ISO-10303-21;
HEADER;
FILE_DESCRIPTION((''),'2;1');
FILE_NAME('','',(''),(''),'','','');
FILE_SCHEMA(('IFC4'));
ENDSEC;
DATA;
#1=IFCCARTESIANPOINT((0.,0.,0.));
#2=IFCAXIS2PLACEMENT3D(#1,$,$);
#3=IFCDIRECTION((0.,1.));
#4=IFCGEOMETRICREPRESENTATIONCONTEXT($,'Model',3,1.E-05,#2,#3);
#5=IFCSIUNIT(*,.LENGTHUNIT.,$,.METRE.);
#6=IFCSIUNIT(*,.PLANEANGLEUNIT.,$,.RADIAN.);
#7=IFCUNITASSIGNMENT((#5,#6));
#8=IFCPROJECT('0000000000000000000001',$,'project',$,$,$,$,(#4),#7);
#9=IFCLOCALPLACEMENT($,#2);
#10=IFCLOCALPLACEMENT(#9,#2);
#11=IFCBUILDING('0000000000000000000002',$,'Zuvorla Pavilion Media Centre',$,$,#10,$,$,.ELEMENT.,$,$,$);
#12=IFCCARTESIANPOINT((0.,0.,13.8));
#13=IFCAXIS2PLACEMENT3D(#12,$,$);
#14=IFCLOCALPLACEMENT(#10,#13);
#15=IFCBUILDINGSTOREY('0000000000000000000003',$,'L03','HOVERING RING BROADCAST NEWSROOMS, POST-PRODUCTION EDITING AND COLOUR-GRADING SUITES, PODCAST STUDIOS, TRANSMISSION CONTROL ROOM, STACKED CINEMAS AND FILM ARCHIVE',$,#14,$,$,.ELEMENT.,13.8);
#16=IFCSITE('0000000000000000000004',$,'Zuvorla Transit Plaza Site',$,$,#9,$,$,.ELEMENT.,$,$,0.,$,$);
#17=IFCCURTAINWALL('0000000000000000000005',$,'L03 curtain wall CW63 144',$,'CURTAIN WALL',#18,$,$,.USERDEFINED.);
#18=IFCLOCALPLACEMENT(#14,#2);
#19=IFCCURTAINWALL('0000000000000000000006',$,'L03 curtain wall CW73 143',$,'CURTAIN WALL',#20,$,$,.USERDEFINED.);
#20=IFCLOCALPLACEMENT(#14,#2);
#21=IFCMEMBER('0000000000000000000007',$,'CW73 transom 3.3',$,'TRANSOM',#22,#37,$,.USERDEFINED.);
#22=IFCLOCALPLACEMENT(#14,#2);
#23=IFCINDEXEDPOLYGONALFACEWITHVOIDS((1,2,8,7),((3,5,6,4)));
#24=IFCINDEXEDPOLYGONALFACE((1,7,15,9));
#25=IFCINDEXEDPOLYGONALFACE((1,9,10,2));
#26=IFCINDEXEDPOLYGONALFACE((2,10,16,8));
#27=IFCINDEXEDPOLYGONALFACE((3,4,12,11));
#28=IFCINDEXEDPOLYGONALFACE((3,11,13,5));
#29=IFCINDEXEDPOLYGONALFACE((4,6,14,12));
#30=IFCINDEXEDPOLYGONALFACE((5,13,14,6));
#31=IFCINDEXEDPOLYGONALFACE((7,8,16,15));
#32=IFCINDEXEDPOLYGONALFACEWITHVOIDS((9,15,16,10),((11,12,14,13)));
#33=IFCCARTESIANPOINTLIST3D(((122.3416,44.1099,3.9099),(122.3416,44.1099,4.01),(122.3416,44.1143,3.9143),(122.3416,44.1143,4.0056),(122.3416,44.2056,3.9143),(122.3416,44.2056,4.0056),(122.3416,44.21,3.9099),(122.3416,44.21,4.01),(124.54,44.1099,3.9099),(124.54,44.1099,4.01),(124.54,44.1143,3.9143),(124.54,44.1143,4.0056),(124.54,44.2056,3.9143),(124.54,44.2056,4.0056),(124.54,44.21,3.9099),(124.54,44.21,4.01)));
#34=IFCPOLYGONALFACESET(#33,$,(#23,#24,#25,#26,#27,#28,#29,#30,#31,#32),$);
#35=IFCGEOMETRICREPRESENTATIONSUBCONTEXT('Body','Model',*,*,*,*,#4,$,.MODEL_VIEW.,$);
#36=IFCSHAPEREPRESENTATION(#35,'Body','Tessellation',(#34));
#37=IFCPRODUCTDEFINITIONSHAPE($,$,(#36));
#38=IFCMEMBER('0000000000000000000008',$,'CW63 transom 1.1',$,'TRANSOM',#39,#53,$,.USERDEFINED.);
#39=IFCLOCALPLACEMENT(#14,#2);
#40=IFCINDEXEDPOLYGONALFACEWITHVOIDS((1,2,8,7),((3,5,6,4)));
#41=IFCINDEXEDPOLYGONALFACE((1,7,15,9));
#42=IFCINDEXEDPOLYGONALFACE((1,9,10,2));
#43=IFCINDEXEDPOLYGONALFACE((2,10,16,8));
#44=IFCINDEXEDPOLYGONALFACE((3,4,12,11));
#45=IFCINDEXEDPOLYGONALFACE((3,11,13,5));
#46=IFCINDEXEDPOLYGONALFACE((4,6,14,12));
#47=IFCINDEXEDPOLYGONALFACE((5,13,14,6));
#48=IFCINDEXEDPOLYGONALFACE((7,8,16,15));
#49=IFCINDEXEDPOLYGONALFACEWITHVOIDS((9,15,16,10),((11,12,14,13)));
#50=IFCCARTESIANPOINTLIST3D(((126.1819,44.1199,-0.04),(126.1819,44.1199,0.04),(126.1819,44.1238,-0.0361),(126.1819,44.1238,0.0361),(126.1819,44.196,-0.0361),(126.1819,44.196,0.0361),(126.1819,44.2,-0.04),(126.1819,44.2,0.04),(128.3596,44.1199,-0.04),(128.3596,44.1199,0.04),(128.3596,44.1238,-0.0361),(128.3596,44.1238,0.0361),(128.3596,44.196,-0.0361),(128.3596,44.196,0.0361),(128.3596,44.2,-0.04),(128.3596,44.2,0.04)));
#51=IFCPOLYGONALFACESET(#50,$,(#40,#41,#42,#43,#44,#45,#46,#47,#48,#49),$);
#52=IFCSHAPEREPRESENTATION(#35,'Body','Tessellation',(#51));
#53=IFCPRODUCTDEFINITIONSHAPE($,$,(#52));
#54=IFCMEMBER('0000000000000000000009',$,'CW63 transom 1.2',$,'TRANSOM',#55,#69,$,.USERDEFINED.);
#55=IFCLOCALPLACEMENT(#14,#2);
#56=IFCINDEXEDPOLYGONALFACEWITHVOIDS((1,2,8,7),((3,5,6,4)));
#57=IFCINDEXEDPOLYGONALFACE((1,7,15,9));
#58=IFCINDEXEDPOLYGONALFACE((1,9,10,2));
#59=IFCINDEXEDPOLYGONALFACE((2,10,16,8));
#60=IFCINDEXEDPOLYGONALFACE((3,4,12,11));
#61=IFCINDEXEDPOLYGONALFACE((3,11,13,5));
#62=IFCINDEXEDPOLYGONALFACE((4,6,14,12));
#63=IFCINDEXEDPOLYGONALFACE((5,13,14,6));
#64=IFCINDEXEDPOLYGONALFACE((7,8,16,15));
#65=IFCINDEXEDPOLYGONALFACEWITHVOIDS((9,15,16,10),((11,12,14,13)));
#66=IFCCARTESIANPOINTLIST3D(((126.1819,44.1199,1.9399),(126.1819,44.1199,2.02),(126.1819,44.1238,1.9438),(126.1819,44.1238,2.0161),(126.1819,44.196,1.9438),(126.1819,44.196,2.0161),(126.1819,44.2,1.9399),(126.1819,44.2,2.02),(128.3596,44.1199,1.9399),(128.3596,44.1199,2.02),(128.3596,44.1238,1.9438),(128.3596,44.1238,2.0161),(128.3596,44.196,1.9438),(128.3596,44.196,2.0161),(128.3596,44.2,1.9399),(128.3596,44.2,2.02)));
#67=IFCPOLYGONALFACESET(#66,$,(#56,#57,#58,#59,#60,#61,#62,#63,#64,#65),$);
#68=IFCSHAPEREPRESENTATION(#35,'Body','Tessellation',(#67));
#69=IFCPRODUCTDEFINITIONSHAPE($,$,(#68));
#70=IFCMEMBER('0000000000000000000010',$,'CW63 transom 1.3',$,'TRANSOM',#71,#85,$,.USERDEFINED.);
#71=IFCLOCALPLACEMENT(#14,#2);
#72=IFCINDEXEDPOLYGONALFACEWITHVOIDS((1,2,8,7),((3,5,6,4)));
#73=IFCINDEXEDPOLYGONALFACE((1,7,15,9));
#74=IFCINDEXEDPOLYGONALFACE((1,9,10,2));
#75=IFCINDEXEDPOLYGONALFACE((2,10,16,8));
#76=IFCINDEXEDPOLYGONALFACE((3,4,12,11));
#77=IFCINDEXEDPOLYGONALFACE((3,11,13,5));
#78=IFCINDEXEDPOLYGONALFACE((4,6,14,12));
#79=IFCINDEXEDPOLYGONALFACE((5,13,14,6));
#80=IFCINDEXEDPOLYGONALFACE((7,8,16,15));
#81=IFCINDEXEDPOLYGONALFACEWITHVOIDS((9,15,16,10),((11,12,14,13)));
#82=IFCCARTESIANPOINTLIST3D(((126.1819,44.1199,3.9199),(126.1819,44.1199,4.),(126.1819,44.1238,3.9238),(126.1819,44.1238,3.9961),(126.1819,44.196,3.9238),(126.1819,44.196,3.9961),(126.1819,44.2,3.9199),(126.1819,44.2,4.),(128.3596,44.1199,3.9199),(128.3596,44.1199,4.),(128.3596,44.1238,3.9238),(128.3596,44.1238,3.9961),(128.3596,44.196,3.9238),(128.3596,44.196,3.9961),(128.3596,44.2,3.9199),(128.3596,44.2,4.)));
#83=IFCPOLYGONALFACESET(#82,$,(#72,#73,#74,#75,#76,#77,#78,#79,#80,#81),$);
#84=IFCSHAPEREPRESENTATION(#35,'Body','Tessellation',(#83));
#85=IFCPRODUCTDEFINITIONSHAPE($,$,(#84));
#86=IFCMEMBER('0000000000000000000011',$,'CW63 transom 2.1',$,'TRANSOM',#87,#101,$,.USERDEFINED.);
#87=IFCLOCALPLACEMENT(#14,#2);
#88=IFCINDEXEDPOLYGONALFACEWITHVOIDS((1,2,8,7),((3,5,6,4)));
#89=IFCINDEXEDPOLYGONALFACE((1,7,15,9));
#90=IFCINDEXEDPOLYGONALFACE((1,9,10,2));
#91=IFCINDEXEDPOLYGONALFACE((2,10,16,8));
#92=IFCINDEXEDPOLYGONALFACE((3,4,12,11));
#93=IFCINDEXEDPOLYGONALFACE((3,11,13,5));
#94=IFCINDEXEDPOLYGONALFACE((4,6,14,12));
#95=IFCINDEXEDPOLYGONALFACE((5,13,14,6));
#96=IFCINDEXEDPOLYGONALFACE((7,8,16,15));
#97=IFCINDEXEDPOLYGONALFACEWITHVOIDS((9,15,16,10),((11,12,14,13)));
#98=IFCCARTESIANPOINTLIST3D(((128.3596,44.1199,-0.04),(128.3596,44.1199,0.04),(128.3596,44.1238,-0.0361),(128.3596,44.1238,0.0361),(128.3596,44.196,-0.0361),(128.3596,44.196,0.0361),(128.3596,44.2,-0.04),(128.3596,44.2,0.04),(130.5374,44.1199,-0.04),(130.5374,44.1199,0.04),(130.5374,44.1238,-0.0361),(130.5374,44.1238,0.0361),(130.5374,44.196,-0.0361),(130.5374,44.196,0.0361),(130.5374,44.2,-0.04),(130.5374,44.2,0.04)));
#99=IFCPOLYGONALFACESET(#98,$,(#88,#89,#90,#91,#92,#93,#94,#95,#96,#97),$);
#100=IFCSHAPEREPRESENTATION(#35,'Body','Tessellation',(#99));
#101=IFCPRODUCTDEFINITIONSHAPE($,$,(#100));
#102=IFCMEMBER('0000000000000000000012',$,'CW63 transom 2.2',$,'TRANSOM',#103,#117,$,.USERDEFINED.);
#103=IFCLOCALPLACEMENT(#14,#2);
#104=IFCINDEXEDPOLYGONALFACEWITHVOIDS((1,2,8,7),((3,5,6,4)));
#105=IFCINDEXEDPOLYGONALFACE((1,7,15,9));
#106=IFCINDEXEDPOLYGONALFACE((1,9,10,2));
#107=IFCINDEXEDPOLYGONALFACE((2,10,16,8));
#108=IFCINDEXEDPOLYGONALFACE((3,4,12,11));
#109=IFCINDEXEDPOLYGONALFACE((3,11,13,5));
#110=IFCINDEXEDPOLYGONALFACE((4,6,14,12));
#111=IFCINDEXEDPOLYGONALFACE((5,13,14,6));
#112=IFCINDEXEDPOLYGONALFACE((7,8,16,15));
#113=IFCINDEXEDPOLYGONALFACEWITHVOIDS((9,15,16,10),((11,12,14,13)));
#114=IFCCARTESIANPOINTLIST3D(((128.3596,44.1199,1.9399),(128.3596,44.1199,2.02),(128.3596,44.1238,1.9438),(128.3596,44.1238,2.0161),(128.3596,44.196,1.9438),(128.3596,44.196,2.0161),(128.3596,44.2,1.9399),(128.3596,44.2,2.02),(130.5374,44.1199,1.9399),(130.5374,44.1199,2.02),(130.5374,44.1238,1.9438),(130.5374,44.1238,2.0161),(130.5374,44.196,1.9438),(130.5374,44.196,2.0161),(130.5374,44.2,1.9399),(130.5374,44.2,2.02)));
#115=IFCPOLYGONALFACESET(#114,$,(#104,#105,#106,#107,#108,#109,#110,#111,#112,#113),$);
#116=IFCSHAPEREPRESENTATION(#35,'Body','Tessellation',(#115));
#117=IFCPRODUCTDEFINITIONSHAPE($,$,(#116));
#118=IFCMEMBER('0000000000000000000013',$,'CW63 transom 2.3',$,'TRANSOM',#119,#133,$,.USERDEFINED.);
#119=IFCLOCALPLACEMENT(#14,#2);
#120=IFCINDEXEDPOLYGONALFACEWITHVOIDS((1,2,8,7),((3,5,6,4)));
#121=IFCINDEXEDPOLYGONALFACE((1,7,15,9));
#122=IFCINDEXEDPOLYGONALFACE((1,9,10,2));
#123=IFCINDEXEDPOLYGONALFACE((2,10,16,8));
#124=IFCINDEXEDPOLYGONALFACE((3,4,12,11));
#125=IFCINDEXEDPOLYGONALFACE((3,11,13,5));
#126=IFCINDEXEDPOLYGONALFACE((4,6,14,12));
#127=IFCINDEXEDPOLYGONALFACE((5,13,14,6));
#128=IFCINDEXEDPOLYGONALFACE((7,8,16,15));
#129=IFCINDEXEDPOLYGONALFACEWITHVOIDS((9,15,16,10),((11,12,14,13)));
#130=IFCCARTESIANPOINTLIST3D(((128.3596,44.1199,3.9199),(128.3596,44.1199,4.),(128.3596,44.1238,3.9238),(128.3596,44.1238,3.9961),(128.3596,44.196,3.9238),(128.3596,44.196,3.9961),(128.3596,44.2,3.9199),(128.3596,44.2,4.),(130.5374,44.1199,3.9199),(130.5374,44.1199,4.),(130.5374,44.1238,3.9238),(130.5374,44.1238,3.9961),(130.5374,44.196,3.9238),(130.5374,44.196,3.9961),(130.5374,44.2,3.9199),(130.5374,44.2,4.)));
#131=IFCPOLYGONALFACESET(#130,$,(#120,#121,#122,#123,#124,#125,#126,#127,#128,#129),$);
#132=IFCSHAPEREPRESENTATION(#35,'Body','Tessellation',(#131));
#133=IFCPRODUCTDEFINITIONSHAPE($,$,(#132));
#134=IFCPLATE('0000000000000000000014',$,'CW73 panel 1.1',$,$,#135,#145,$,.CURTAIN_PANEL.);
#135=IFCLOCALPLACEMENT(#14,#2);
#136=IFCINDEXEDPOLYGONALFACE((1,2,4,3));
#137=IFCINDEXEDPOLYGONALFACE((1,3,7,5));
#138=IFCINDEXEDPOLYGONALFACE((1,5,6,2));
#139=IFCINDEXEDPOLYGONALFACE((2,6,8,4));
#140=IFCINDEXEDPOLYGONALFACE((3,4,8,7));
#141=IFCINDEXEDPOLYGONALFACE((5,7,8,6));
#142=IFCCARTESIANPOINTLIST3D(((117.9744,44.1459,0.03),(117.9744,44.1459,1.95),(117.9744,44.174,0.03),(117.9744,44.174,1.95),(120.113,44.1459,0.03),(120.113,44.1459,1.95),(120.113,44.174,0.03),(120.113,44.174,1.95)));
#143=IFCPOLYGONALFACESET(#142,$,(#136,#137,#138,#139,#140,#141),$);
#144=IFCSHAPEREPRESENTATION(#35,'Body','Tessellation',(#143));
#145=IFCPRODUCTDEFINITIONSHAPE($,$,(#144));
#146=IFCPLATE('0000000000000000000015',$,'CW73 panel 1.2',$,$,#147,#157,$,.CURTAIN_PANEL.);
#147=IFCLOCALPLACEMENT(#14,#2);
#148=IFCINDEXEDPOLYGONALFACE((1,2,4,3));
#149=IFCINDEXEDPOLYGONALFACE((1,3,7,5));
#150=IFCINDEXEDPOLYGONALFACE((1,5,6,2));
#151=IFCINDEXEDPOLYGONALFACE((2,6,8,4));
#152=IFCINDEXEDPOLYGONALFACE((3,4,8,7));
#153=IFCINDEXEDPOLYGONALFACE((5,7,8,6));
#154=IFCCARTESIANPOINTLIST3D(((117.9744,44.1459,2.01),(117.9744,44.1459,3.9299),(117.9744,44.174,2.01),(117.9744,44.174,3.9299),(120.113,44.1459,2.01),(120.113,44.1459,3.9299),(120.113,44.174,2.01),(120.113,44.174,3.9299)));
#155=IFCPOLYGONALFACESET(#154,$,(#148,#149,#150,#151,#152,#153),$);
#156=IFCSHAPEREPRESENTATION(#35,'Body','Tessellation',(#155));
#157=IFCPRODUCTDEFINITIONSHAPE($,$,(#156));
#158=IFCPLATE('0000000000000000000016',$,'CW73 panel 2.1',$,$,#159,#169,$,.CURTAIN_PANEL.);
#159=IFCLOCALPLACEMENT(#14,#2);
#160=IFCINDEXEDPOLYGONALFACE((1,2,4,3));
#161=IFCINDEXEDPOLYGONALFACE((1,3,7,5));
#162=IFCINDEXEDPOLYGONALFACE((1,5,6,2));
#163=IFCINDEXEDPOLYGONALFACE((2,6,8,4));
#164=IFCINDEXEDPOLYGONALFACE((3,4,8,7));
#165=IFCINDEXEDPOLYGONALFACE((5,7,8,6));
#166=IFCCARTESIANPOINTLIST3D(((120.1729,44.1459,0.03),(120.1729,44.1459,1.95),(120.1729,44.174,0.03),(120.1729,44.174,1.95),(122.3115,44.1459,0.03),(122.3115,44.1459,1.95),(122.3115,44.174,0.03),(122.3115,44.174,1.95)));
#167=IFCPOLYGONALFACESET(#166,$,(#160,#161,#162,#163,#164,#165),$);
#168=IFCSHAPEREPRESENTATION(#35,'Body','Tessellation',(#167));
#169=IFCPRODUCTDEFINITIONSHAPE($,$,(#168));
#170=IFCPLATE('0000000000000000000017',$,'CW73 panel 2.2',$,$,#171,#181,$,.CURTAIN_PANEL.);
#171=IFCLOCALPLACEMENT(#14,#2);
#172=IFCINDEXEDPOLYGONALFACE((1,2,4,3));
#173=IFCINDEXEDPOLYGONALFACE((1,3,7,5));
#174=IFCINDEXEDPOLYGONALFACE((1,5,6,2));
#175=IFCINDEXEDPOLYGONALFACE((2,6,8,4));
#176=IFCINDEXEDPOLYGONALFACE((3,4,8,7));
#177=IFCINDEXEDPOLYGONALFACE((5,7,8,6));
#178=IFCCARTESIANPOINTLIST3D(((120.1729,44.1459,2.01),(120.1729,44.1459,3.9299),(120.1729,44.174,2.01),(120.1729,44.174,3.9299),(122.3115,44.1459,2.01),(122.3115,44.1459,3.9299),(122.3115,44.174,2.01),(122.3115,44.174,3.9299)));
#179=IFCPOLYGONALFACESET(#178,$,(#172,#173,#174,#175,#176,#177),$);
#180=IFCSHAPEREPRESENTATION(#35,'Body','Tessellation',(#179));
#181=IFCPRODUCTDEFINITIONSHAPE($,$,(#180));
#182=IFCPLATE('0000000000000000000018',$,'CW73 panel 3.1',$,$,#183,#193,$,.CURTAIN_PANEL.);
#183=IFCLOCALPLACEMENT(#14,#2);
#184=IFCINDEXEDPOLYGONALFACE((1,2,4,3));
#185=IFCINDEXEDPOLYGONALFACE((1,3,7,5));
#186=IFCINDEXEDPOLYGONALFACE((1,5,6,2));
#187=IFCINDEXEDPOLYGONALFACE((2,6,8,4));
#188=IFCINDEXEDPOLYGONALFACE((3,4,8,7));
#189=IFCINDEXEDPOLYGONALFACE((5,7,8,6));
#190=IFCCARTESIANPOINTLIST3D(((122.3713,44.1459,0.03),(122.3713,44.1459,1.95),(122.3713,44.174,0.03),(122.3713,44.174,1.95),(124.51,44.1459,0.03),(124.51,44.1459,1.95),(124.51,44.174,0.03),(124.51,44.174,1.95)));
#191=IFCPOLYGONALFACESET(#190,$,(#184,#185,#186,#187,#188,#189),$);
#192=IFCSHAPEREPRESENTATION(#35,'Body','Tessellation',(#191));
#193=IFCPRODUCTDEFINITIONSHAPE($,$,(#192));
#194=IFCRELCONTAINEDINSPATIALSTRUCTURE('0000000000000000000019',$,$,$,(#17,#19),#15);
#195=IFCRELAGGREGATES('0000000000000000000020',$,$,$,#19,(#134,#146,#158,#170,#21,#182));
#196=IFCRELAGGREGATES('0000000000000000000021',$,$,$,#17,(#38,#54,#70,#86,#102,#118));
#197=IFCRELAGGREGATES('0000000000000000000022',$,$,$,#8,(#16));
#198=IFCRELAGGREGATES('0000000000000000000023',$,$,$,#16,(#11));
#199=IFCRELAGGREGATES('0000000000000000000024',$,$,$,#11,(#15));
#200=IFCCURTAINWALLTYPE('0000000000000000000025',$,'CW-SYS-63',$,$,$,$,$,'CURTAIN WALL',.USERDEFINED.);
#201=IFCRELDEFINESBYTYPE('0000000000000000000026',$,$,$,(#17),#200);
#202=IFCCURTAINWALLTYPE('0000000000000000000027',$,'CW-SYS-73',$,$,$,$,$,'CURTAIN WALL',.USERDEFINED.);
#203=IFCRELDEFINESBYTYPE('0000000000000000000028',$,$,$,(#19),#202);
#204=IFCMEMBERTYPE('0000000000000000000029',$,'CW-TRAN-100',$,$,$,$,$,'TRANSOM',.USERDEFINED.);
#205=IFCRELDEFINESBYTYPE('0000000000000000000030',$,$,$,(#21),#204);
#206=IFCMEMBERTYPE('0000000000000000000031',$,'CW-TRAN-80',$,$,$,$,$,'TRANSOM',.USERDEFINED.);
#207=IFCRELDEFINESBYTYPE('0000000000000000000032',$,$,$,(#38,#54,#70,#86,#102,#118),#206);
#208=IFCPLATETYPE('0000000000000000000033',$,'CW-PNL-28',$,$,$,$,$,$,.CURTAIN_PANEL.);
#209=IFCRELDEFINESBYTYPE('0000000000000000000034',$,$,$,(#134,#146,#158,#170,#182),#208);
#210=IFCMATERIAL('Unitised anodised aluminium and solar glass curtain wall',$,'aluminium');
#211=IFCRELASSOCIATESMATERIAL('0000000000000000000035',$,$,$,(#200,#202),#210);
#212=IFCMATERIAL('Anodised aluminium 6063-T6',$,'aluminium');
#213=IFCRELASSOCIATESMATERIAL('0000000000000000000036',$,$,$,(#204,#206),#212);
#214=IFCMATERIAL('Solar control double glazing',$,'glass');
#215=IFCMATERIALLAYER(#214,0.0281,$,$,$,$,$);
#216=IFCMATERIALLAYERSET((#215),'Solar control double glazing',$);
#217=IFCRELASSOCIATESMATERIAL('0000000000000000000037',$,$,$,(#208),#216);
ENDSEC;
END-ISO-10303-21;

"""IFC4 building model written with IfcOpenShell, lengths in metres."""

from ifc_helpers import new_model, si_unit, direction, frame, origin, origin_2d, place, context, subcontext, project, spatial, rectangle, hollow_rectangle, extrude, material, layer, layer_set, material_profile, profile_set, type_object, element, aggregate, save


model = new_model("IFC4")

# Units and contexts
model_context = context("Model", 3, precision=1e-05, world=origin(), true_north=direction((0.0, 1.0)))
body_context = subcontext(model_context, "Body", "Model", "MODEL_VIEW")
ifc_project = project(units=[si_unit("LENGTHUNIT", "METRE"), si_unit("PLANEANGLEUNIT", "RADIAN")], contexts=[model_context])

# Site, building, storey
site_placement = place(None, origin())
site = spatial("IfcSite", under=ifc_project, at=site_placement, Name="Zuvorla Transit Plaza Site", CompositionType="ELEMENT", RefElevation=0.0)
building_placement = place(site_placement, origin())
building = spatial("IfcBuilding", under=site, at=building_placement, Name="Zuvorla Pavilion Media Centre", CompositionType="ELEMENT")
storey_placement = place(building_placement, frame((0.0, 0.0, 13.8)))
storey = spatial("IfcBuildingStorey", under=building, at=storey_placement, Name="L03", Description="HOVERING RING BROADCAST NEWSROOMS, POST-PRODUCTION EDITING AND COLOUR-GRADING SUITES, PODCAST STUDIOS, TRANSMISSION CONTROL ROOM, STACKED CINEMAS AND FILM ARCHIVE", CompositionType="ELEMENT", Elevation=13.8)

# Curtain walls, member
ifc_material_1 = material(Name="Unitised anodised aluminium and solar glass curtain wall", Category="aluminium")
curtain_wall_type_1 = type_object("IfcCurtainWallType", Name="CW-SYS-63", ElementType="CURTAIN WALL", PredefinedType="USERDEFINED", material=ifc_material_1)
curtain_wall_1_placement = place(storey_placement, origin())
curtain_wall_1 = element("IfcCurtainWall", 1, at=curtain_wall_1_placement, inside=storey, type_object=curtain_wall_type_1, Name="L03 curtain wall CW63 144", ObjectType="CURTAIN WALL", PredefinedType="USERDEFINED")
ifc_material_2 = material(Name="Anodised aluminium 6063-T6", Category="aluminium")
curtain_wall_type_2 = type_object("IfcCurtainWallType", Name="CW-SYS-73", ElementType="CURTAIN WALL", PredefinedType="USERDEFINED", material=ifc_material_1)
curtain_wall_2_placement = place(storey_placement, origin())
curtain_wall_2 = element("IfcCurtainWall", 2, at=curtain_wall_2_placement, inside=storey, type_object=curtain_wall_type_2, Name="L03 curtain wall CW73 143", ObjectType="CURTAIN WALL", PredefinedType="USERDEFINED")
ifc_material_profile_1 = material_profile(ifc_material_2, hollow_rectangle(XDim=0.1001, YDim=0.1001, WallThickness=0.0044, at=origin_2d()), Name="ALU TRAN 100x100")
ifc_profile_set_1 = profile_set([ifc_material_profile_1], Name="Anodised aluminium 6063-T6")
member_type_1 = type_object("IfcMemberType", Name="CW-TRAN-100", ElementType="TRANSOM", PredefinedType="USERDEFINED", material=ifc_profile_set_1)
member_1_placement = place(storey_placement, frame((122.3416, 44.1599, 3.96), z_axis=(1.0, 0.0, 0.0), x_axis=(0.0, 1.0, 0.0)))
member_1 = element("IfcMember", 3, at=member_1_placement, type_object=member_type_1, Name="CW73 transom 3.3", ObjectType="TRANSOM", PredefinedType="USERDEFINED", context=body_context, shape_type="SweptSolid", body=[
    extrude(hollow_rectangle(XDim=0.1001, YDim=0.1001, WallThickness=0.0044, at=origin_2d()), origin(), (0.0, 0.0, 1.0), 2.1985),
])

# Members
ifc_material_profile_2 = material_profile(ifc_material_2, hollow_rectangle(XDim=0.0801, YDim=0.0801, WallThickness=0.0039, at=origin_2d()), Name="ALU TRAN 80x80")
ifc_profile_set_2 = profile_set([ifc_material_profile_2], Name="Anodised aluminium 6063-T6")
member_type_2 = type_object("IfcMemberType", Name="CW-TRAN-80", ElementType="TRANSOM", PredefinedType="USERDEFINED", material=ifc_profile_set_2)
member_2_placement = place(storey_placement, frame((126.1819, 44.1599, 0.0), z_axis=(1.0, 0.0, 0.0), x_axis=(0.0, 1.0, 0.0)))
member_2 = element("IfcMember", 4, at=member_2_placement, type_object=member_type_2, Name="CW63 transom 1.1", ObjectType="TRANSOM", PredefinedType="USERDEFINED", context=body_context, shape_type="SweptSolid", body=[
    extrude(hollow_rectangle(XDim=0.0801, YDim=0.0801, WallThickness=0.0039, at=origin_2d()), origin(), (0.0, 0.0, 1.0), 2.1777),
])
member_3_placement = place(storey_placement, frame((126.1819, 44.1599, 1.98), z_axis=(1.0, 0.0, 0.0), x_axis=(0.0, 1.0, 0.0)))
member_3 = element("IfcMember", 5, at=member_3_placement, type_object=member_type_2, Name="CW63 transom 1.2", ObjectType="TRANSOM", PredefinedType="USERDEFINED", context=body_context, shape_type="SweptSolid", body=[
    extrude(hollow_rectangle(XDim=0.0801, YDim=0.0801, WallThickness=0.0039, at=origin_2d()), origin(), (0.0, 0.0, 1.0), 2.1777),
])
member_4_placement = place(storey_placement, frame((126.1819, 44.1599, 3.96), z_axis=(1.0, 0.0, 0.0), x_axis=(0.0, 1.0, 0.0)))
member_4 = element("IfcMember", 6, at=member_4_placement, type_object=member_type_2, Name="CW63 transom 1.3", ObjectType="TRANSOM", PredefinedType="USERDEFINED", context=body_context, shape_type="SweptSolid", body=[
    extrude(hollow_rectangle(XDim=0.0801, YDim=0.0801, WallThickness=0.0039, at=origin_2d()), origin(), (0.0, 0.0, 1.0), 2.1777),
])
member_5_placement = place(storey_placement, frame((128.3596, 44.1599, 0.0), z_axis=(1.0, 0.0, 0.0), x_axis=(0.0, 1.0, 0.0)))
member_5 = element("IfcMember", 7, at=member_5_placement, type_object=member_type_2, Name="CW63 transom 2.1", ObjectType="TRANSOM", PredefinedType="USERDEFINED", context=body_context, shape_type="SweptSolid", body=[
    extrude(hollow_rectangle(XDim=0.0801, YDim=0.0801, WallThickness=0.0039, at=origin_2d()), origin(), (0.0, 0.0, 1.0), 2.1777),
])
member_6_placement = place(storey_placement, frame((128.3596, 44.1599, 1.98), z_axis=(1.0, 0.0, 0.0), x_axis=(0.0, 1.0, 0.0)))
member_6 = element("IfcMember", 8, at=member_6_placement, type_object=member_type_2, Name="CW63 transom 2.2", ObjectType="TRANSOM", PredefinedType="USERDEFINED", context=body_context, shape_type="SweptSolid", body=[
    extrude(hollow_rectangle(XDim=0.0801, YDim=0.0801, WallThickness=0.0039, at=origin_2d()), origin(), (0.0, 0.0, 1.0), 2.1777),
])
member_7_placement = place(storey_placement, frame((128.3596, 44.1599, 3.96), z_axis=(1.0, 0.0, 0.0), x_axis=(0.0, 1.0, 0.0)))
member_7 = element("IfcMember", 9, at=member_7_placement, type_object=member_type_2, Name="CW63 transom 2.3", ObjectType="TRANSOM", PredefinedType="USERDEFINED", context=body_context, shape_type="SweptSolid", body=[
    extrude(hollow_rectangle(XDim=0.0801, YDim=0.0801, WallThickness=0.0039, at=origin_2d()), origin(), (0.0, 0.0, 1.0), 2.1777),
])

# Plates
ifc_material_3 = material(Name="Solar control double glazing", Category="glass")
ifc_layer_1 = layer(ifc_material_3, 0.0281)
ifc_layer_set_1 = layer_set([ifc_layer_1], Name="Solar control double glazing")
plate_type_1 = type_object("IfcPlateType", Name="CW-PNL-28", PredefinedType="CURTAIN_PANEL", material=ifc_layer_set_1)
plate_1_placement = place(storey_placement, frame((119.0437, 44.1599, 0.03), z_axis=(0.0, 0.0, 1.0), x_axis=(1.0, 0.0, 0.0)))
plate_1 = element("IfcPlate", 10, at=plate_1_placement, type_object=plate_type_1, Name="CW73 panel 1.1", PredefinedType="CURTAIN_PANEL", context=body_context, shape_type="SweptSolid", body=[
    extrude(rectangle(XDim=2.1387, YDim=0.0281, at=origin_2d()), origin(), (0.0, 0.0, 1.0), 1.9199),
])
plate_2_placement = place(storey_placement, frame((119.0437, 44.1599, 2.01), z_axis=(0.0, 0.0, 1.0), x_axis=(1.0, 0.0, 0.0)))
plate_2 = element("IfcPlate", 11, at=plate_2_placement, type_object=plate_type_1, Name="CW73 panel 1.2", PredefinedType="CURTAIN_PANEL", context=body_context, shape_type="SweptSolid", body=[
    extrude(rectangle(XDim=2.1387, YDim=0.0281, at=origin_2d()), origin(), (0.0, 0.0, 1.0), 1.9199),
])
plate_3_placement = place(storey_placement, frame((121.2422, 44.1599, 0.03), z_axis=(0.0, 0.0, 1.0), x_axis=(1.0, 0.0, 0.0)))
plate_3 = element("IfcPlate", 12, at=plate_3_placement, type_object=plate_type_1, Name="CW73 panel 2.1", PredefinedType="CURTAIN_PANEL", context=body_context, shape_type="SweptSolid", body=[
    extrude(rectangle(XDim=2.1387, YDim=0.0281, at=origin_2d()), origin(), (0.0, 0.0, 1.0), 1.9199),
])
plate_4_placement = place(storey_placement, frame((121.2422, 44.1599, 2.01), z_axis=(0.0, 0.0, 1.0), x_axis=(1.0, 0.0, 0.0)))
plate_4 = element("IfcPlate", 13, at=plate_4_placement, type_object=plate_type_1, Name="CW73 panel 2.2", PredefinedType="CURTAIN_PANEL", context=body_context, shape_type="SweptSolid", body=[
    extrude(rectangle(XDim=2.1387, YDim=0.0281, at=origin_2d()), origin(), (0.0, 0.0, 1.0), 1.9199),
])
plate_5_placement = place(storey_placement, frame((123.4407, 44.1599, 0.03), z_axis=(0.0, 0.0, 1.0), x_axis=(1.0, 0.0, 0.0)))
plate_5 = element("IfcPlate", 14, at=plate_5_placement, type_object=plate_type_1, Name="CW73 panel 3.1", PredefinedType="CURTAIN_PANEL", context=body_context, shape_type="SweptSolid", body=[
    extrude(rectangle(XDim=2.1387, YDim=0.0281, at=origin_2d()), origin(), (0.0, 0.0, 1.0), 1.9199),
])
aggregate(curtain_wall_2, [plate_1, plate_2, plate_3, plate_4, member_1, plate_5])
aggregate(curtain_wall_1, [member_2, member_3, member_4, member_5, member_6, member_7])

save(model, "model.ifc")
